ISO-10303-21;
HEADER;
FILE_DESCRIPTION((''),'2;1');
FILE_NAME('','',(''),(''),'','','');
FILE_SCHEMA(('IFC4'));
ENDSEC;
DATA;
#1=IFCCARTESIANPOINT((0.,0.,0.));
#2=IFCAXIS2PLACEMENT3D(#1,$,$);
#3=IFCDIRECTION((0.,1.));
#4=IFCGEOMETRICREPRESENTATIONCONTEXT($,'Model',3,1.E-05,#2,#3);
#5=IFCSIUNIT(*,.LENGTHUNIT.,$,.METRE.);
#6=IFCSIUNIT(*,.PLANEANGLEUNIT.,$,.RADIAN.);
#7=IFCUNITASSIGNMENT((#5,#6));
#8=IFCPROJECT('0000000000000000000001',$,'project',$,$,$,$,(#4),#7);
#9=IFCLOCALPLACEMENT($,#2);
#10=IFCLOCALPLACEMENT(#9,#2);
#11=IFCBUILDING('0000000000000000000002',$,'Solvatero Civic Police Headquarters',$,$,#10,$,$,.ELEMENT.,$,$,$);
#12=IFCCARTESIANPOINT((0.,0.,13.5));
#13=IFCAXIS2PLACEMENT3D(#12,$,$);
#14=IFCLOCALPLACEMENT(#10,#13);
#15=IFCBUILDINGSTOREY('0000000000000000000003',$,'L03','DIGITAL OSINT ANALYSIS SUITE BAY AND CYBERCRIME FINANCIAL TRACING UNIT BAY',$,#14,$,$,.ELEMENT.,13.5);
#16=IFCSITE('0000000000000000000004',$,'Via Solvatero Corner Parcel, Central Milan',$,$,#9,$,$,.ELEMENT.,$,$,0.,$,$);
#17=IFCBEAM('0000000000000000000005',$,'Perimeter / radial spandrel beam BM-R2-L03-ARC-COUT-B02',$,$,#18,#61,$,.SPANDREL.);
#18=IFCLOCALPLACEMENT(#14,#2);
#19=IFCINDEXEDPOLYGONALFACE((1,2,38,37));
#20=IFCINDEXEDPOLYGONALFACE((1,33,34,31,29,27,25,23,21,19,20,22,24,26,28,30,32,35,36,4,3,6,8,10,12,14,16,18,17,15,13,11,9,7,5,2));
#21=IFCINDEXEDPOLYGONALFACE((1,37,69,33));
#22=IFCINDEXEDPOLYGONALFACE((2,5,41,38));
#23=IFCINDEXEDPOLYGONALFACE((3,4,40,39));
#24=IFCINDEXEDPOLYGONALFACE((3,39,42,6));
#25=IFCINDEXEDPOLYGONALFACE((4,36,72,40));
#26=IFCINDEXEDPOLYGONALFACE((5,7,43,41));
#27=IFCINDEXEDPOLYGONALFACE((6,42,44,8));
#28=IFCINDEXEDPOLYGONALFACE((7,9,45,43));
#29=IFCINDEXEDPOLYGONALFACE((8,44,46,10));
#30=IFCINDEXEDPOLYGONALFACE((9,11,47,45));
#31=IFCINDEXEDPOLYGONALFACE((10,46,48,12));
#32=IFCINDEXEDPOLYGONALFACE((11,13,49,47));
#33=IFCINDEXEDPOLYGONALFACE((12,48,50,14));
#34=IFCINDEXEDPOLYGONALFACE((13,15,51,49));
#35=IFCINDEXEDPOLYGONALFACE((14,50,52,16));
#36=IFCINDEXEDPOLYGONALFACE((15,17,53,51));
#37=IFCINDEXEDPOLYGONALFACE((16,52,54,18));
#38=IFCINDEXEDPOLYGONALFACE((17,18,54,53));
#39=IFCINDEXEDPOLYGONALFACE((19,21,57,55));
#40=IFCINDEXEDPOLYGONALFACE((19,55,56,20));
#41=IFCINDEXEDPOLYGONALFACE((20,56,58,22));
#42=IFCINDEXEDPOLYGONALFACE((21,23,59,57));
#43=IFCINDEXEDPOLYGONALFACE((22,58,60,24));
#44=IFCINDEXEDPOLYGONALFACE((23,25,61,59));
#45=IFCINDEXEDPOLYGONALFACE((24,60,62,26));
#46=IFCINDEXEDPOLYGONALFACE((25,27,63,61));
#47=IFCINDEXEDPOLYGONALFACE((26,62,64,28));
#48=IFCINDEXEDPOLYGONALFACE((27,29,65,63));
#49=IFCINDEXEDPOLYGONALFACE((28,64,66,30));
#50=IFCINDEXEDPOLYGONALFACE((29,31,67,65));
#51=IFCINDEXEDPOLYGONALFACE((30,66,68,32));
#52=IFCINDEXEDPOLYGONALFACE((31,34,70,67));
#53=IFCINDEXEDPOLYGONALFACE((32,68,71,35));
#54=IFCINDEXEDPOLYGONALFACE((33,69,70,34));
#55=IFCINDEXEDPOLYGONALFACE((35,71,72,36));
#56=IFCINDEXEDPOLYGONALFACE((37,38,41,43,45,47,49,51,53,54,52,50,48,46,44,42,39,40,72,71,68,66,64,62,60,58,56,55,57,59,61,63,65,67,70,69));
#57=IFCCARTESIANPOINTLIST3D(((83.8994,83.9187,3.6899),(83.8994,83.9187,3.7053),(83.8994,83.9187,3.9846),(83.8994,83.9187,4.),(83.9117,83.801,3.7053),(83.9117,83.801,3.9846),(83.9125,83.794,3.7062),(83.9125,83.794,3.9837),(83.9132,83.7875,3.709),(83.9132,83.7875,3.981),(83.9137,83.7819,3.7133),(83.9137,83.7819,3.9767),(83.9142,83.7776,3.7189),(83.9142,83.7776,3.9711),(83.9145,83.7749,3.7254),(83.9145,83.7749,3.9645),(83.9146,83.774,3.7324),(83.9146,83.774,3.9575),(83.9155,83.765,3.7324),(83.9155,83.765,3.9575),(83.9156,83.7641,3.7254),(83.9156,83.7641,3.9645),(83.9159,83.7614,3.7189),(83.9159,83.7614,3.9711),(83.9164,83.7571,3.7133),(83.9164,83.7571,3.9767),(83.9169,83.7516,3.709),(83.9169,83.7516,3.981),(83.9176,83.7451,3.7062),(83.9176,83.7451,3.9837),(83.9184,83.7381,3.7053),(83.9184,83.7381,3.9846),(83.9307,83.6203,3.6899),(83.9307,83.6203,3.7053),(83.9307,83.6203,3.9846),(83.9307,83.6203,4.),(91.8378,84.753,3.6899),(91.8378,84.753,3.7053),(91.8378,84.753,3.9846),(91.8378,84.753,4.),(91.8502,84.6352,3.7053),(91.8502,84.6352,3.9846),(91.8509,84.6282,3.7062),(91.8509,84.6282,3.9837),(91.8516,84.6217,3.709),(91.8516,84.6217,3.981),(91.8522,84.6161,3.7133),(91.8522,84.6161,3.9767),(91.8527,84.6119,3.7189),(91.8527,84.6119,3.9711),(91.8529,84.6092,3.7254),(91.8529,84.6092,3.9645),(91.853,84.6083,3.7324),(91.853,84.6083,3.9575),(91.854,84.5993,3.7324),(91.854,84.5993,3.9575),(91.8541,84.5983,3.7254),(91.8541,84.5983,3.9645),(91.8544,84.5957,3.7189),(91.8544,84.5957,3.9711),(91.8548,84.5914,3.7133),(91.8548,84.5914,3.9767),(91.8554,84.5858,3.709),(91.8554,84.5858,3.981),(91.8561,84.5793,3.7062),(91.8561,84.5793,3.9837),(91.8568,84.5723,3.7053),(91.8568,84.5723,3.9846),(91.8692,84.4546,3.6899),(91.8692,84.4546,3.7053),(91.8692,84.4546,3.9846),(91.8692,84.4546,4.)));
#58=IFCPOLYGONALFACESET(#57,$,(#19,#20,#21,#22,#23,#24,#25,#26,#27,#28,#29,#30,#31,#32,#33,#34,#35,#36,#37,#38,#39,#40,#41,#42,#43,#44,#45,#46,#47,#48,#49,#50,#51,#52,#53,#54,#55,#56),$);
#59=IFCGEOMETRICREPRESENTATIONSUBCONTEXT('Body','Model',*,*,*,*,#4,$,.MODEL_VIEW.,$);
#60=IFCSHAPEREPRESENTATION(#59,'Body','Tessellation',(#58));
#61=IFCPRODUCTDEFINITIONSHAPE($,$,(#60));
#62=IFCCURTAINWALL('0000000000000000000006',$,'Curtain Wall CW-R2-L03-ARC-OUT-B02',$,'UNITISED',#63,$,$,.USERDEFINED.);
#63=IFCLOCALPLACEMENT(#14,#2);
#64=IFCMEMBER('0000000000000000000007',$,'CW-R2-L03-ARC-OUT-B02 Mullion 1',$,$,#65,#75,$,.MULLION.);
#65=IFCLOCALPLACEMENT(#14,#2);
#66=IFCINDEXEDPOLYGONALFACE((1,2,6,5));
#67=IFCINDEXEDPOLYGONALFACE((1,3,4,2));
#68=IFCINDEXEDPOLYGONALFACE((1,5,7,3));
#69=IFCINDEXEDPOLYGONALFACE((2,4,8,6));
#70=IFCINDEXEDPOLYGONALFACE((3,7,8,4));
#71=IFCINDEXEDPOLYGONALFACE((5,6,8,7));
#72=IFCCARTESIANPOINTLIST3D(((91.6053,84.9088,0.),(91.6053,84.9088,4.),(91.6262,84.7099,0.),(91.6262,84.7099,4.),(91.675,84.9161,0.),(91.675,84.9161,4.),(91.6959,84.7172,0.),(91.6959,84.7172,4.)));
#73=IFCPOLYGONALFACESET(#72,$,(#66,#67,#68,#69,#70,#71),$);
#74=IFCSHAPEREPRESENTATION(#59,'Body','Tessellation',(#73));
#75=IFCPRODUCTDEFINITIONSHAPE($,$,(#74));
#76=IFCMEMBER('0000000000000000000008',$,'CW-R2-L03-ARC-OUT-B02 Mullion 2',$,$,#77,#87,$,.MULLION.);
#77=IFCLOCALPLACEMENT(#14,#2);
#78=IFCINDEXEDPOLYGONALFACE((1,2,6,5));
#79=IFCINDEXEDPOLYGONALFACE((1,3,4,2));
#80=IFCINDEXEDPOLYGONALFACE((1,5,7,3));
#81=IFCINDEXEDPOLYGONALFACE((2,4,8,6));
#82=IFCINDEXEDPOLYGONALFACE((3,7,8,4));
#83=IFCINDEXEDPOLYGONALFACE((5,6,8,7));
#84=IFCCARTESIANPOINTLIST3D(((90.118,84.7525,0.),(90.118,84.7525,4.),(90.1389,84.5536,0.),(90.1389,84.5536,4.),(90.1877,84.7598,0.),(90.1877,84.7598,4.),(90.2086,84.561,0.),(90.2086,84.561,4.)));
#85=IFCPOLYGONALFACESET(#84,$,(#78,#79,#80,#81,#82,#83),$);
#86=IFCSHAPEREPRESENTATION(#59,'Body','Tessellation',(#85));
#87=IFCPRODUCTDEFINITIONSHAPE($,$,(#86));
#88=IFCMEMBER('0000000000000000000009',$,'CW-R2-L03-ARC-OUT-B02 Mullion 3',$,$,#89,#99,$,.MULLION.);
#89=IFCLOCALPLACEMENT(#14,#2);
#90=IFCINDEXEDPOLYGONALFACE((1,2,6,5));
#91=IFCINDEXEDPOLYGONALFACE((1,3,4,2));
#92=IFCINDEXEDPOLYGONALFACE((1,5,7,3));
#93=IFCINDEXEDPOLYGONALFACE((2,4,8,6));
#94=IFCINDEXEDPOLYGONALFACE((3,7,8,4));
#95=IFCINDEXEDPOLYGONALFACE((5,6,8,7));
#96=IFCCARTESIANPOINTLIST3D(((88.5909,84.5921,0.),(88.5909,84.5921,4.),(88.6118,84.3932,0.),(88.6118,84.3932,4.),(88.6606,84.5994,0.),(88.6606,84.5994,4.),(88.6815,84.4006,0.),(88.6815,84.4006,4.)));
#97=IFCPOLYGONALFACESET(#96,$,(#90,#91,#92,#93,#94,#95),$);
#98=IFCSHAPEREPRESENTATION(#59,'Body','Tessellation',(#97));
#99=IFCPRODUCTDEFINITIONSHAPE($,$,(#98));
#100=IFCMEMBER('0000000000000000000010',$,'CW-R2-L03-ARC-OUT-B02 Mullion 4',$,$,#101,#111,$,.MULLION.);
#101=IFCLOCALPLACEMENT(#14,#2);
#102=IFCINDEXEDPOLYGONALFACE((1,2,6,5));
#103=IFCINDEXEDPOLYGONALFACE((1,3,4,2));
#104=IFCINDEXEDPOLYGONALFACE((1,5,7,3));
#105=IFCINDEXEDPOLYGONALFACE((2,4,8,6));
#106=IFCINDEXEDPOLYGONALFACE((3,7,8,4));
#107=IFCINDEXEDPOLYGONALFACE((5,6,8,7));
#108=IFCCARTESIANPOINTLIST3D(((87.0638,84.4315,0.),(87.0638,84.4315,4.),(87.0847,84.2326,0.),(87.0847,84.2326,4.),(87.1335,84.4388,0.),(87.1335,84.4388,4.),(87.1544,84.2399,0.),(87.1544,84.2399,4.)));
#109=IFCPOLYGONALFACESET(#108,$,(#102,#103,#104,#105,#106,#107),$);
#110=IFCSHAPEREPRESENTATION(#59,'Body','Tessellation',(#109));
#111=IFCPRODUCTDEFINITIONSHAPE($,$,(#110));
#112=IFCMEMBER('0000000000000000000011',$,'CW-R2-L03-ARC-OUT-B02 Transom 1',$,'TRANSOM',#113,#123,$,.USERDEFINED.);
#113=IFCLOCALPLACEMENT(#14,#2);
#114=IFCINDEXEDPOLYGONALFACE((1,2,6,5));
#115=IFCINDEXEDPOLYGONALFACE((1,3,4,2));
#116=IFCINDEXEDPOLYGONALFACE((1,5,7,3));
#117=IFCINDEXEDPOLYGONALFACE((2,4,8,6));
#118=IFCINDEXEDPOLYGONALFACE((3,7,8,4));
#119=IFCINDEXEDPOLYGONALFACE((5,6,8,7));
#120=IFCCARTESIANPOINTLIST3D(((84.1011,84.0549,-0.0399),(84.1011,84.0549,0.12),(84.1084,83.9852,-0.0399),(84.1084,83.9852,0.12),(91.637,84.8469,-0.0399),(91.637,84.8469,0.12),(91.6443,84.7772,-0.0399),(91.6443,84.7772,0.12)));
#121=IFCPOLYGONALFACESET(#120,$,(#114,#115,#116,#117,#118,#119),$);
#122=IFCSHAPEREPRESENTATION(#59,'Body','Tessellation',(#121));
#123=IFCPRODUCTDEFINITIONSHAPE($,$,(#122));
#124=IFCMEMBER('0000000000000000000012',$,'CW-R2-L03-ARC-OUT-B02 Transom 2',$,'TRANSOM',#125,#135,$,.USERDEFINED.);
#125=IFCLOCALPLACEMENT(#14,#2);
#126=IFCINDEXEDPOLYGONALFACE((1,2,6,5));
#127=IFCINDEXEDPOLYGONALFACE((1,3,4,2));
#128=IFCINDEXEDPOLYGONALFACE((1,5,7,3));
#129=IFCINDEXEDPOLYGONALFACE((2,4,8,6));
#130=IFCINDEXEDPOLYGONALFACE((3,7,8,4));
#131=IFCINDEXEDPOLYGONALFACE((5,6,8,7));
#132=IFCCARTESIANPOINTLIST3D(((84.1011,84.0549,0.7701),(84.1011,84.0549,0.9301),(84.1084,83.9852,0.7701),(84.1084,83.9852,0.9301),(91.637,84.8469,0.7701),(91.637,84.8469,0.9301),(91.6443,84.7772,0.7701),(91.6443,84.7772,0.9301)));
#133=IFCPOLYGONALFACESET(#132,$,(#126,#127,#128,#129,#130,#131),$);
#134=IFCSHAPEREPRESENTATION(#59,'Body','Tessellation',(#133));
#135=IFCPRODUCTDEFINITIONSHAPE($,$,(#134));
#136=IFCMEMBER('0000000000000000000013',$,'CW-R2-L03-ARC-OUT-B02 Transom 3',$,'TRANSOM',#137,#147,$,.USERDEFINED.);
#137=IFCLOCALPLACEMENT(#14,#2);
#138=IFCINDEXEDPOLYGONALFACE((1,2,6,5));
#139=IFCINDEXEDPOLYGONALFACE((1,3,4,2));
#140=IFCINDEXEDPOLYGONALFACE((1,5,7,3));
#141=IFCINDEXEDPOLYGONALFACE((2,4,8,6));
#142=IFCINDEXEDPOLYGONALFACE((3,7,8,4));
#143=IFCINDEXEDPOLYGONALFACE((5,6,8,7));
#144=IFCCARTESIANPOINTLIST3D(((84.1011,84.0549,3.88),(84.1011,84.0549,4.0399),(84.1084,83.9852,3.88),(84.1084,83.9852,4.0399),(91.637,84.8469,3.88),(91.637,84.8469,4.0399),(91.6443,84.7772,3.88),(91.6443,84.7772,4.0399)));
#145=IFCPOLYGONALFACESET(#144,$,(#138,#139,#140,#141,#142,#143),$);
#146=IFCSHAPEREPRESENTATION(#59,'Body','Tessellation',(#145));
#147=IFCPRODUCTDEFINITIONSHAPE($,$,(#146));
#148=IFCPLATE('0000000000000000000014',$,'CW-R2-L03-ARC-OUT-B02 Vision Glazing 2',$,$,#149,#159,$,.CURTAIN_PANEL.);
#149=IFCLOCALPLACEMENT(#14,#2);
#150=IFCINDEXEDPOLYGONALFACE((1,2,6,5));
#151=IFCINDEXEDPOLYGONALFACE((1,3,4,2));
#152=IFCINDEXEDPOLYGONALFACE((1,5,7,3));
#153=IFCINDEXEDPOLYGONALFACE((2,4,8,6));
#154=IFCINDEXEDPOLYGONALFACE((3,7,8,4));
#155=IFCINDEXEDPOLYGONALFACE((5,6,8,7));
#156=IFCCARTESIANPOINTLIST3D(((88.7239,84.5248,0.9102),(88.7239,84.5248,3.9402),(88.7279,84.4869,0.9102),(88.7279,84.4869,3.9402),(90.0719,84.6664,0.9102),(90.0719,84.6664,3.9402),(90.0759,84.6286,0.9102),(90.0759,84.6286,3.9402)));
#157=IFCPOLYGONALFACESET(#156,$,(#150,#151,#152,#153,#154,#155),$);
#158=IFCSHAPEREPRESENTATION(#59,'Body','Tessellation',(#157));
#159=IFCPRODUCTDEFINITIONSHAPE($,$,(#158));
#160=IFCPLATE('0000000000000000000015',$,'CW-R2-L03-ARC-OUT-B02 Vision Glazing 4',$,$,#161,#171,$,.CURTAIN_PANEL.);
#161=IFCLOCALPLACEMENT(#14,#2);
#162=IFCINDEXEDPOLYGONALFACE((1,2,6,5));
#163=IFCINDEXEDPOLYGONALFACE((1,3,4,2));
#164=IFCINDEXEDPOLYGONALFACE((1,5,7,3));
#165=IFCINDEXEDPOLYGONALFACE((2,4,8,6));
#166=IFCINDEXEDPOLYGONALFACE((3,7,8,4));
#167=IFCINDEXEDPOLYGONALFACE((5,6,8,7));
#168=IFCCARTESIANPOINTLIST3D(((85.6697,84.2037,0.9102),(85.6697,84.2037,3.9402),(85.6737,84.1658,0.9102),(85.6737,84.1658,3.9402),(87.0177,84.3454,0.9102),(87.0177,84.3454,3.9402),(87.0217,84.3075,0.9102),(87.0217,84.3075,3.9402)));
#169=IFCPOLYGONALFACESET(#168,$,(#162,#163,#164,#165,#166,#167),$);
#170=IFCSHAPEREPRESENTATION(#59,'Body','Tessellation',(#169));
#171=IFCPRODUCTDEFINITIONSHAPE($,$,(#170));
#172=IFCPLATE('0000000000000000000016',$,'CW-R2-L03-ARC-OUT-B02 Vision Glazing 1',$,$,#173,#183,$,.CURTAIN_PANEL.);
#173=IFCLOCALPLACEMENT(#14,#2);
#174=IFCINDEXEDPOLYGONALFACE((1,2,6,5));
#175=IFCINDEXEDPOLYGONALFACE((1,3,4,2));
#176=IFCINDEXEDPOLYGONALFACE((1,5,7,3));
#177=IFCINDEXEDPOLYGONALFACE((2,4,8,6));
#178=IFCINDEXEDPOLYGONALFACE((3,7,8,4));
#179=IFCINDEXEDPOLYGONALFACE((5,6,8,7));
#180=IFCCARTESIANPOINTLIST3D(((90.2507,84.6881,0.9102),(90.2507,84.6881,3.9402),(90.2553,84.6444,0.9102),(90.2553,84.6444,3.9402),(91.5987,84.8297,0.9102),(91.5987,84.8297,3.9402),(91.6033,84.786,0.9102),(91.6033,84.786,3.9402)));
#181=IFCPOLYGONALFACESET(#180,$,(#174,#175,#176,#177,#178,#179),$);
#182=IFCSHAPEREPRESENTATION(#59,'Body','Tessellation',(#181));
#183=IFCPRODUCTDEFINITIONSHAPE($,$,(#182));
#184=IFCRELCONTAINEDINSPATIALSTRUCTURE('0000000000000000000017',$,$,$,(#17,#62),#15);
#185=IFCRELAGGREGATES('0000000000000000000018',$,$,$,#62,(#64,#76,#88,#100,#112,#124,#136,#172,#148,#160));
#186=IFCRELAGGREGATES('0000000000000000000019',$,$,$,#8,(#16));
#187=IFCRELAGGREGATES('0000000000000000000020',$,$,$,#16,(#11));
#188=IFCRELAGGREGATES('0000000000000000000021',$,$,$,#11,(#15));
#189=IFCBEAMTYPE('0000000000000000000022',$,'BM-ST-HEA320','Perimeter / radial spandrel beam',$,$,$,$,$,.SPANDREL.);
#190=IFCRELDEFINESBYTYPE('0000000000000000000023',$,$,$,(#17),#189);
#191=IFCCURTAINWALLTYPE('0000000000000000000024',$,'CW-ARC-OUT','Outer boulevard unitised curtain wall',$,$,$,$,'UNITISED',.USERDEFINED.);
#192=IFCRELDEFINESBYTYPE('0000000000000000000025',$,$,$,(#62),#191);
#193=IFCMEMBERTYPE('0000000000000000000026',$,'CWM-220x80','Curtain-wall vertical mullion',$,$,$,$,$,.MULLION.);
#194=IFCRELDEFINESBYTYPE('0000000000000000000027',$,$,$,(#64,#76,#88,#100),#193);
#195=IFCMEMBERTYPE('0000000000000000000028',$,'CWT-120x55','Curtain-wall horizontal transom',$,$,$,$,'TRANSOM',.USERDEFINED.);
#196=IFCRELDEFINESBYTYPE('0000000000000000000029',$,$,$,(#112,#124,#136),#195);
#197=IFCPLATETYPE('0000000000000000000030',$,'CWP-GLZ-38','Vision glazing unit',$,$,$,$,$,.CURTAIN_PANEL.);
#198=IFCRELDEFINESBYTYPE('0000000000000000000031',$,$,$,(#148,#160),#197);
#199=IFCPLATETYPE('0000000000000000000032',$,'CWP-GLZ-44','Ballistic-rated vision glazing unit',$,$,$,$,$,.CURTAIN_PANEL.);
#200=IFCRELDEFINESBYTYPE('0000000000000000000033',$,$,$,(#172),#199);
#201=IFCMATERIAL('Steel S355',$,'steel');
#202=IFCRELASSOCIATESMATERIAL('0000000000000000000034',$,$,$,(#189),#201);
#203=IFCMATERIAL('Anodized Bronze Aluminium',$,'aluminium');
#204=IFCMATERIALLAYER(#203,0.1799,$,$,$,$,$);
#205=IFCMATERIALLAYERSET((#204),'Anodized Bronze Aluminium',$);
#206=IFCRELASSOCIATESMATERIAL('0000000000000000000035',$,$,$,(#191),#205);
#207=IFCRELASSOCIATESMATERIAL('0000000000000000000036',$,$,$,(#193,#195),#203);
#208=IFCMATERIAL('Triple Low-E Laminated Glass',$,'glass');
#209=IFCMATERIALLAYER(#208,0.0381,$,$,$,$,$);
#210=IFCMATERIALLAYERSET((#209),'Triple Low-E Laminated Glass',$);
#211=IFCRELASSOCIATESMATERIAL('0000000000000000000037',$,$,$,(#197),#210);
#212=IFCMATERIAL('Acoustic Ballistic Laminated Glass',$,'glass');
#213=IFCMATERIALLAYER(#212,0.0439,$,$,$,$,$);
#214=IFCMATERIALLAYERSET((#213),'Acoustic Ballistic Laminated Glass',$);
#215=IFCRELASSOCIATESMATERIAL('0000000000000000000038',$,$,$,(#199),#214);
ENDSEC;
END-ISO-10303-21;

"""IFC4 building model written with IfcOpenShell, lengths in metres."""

from ifc_helpers import new_model, si_unit, direction, frame, origin, origin_2d, place, context, subcontext, project, spatial, rectangle, i_section, extrude, material, layer, layer_set, material_profile, profile_set, type_object, element, aggregate, save


model = new_model("IFC4")

# Units and contexts
model_context = context("Model", 3, precision=1e-05, world=origin(), true_north=direction((0.0, 1.0)))
body_context = subcontext(model_context, "Body", "Model", "MODEL_VIEW")
ifc_project = project(units=[si_unit("LENGTHUNIT", "METRE"), si_unit("PLANEANGLEUNIT", "RADIAN")], contexts=[model_context])

# Site, building, storey
site_placement = place(None, origin())
site = spatial("IfcSite", under=ifc_project, at=site_placement, Name="Via Solvatero Corner Parcel, Central Milan", CompositionType="ELEMENT", RefElevation=0.0)
building_placement = place(site_placement, origin())
building = spatial("IfcBuilding", under=site, at=building_placement, Name="Solvatero Civic Police Headquarters", CompositionType="ELEMENT")
storey_placement = place(building_placement, frame((0.0, 0.0, 13.5)))
storey = spatial("IfcBuildingStorey", under=building, at=storey_placement, Name="L03", Description="DIGITAL OSINT ANALYSIS SUITE BAY AND CYBERCRIME FINANCIAL TRACING UNIT BAY", CompositionType="ELEMENT", Elevation=13.5)

# Beam
ifc_material_1 = material(Name="Steel S355", Category="steel")
ifc_material_profile_1 = material_profile(ifc_material_1, i_section(OverallWidth=0.3, OverallDepth=0.3101, WebThickness=0.009, FlangeThickness=0.0154, FilletRadius=0.0271, at=origin_2d()), Name="HEA 320")
ifc_profile_set_1 = profile_set([ifc_material_profile_1], Name="Steel S355")
beam_type = type_object("IfcBeamType", Name="BM-ST-HEA320", Description="Perimeter / radial spandrel beam", PredefinedType="SPANDREL", material=ifc_profile_set_1)
beam_placement = place(storey_placement, frame((91.8535, 84.6038, 3.845), z_axis=(-0.994524, -0.104511, 0.0), x_axis=(0.104511, -0.994524, 0.0)))
element("IfcBeam", 1, at=beam_placement, inside=storey, type_object=beam_type, Name="Perimeter / radial spandrel beam BM-R2-L03-ARC-COUT-B02", PredefinedType="SPANDREL", context=body_context, shape_type="SweptSolid", body=[
    extrude(i_section(OverallWidth=0.3, OverallDepth=0.3101, WebThickness=0.009, FlangeThickness=0.0154, FilletRadius=0.0271, at=origin_2d()), origin(), (0.0, 0.0, 1.0), 7.9822),
])

# Curtain wall, members, plates
ifc_material_2 = material(Name="Anodized Bronze Aluminium", Category="aluminium")
ifc_layer_1 = layer(ifc_material_2, 0.1799)
ifc_layer_set_1 = layer_set([ifc_layer_1], Name="Anodized Bronze Aluminium")
curtain_wall_type = type_object("IfcCurtainWallType", Name="CW-ARC-OUT", Description="Outer boulevard unitised curtain wall", ElementType="UNITISED", PredefinedType="USERDEFINED", material=ifc_layer_set_1)
curtain_wall_placement = place(storey_placement, origin())
curtain_wall = element("IfcCurtainWall", 2, at=curtain_wall_placement, inside=storey, type_object=curtain_wall_type, Name="Curtain Wall CW-R2-L03-ARC-OUT-B02", ObjectType="UNITISED", PredefinedType="USERDEFINED")
ifc_material_profile_2 = material_profile(ifc_material_2, rectangle(XDim=0.0701, YDim=0.2, at=origin_2d()), Name="ALU MULLION 70x200")
ifc_profile_set_2 = profile_set([ifc_material_profile_2], Name="Anodized Bronze Aluminium")
member_type_1 = type_object("IfcMemberType", Name="CWM-220x80", Description="Curtain-wall vertical mullion", PredefinedType="MULLION", material=ifc_profile_set_2)
member_1_placement = place(storey_placement, frame((91.6506, 84.813, 0.0), z_axis=(0.0, 0.0, 1.0), x_axis=(-0.994524, -0.104511, 0.0)))
member_1 = element("IfcMember", 3, at=member_1_placement, type_object=member_type_1, Name="CW-R2-L03-ARC-OUT-B02 Mullion 1", PredefinedType="MULLION", context=body_context, shape_type="SweptSolid", body=[
    extrude(rectangle(XDim=0.0701, YDim=0.2, at=origin_2d()), origin(), (0.0, 0.0, 1.0), 4.0),
])
member_2_placement = place(storey_placement, frame((90.1633, 84.6567, 0.0), z_axis=(0.0, 0.0, 1.0), x_axis=(-0.994524, -0.104511, 0.0)))
member_2 = element("IfcMember", 4, at=member_2_placement, type_object=member_type_1, Name="CW-R2-L03-ARC-OUT-B02 Mullion 2", PredefinedType="MULLION", context=body_context, shape_type="SweptSolid", body=[
    extrude(rectangle(XDim=0.0701, YDim=0.2, at=origin_2d()), origin(), (0.0, 0.0, 1.0), 4.0),
])
member_3_placement = place(storey_placement, frame((88.6362, 84.4963, 0.0), z_axis=(0.0, 0.0, 1.0), x_axis=(-0.994524, -0.104511, 0.0)))
member_3 = element("IfcMember", 5, at=member_3_placement, type_object=member_type_1, Name="CW-R2-L03-ARC-OUT-B02 Mullion 3", PredefinedType="MULLION", context=body_context, shape_type="SweptSolid", body=[
    extrude(rectangle(XDim=0.0701, YDim=0.2, at=origin_2d()), origin(), (0.0, 0.0, 1.0), 4.0),
])
member_4_placement = place(storey_placement, frame((87.1091, 84.3357, 0.0), z_axis=(0.0, 0.0, 1.0), x_axis=(-0.994524, -0.104511, 0.0)))
member_4 = element("IfcMember", 6, at=member_4_placement, type_object=member_type_1, Name="CW-R2-L03-ARC-OUT-B02 Mullion 4", PredefinedType="MULLION", context=body_context, shape_type="SweptSolid", body=[
    extrude(rectangle(XDim=0.0701, YDim=0.2, at=origin_2d()), origin(), (0.0, 0.0, 1.0), 4.0),
])
ifc_material_profile_3 = material_profile(ifc_material_2, rectangle(XDim=0.0701, YDim=0.1599, at=origin_2d()), Name="ALU TRANSOM 70x160")
ifc_profile_set_3 = profile_set([ifc_material_profile_3], Name="Anodized Bronze Aluminium")
member_type_2 = type_object("IfcMemberType", Name="CWT-120x55", Description="Curtain-wall horizontal transom", ElementType="TRANSOM", PredefinedType="USERDEFINED", material=ifc_profile_set_3)
member_5_placement = place(storey_placement, frame((91.6406, 84.812, 0.04), z_axis=(-0.994523, -0.10452, 0.0), x_axis=(0.10452, -0.994523, 0.0)))
member_5 = element("IfcMember", 7, at=member_5_placement, type_object=member_type_2, Name="CW-R2-L03-ARC-OUT-B02 Transom 1", ObjectType="TRANSOM", PredefinedType="USERDEFINED", context=body_context, shape_type="SweptSolid", body=[
    extrude(rectangle(XDim=0.0701, YDim=0.1599, at=origin_2d()), origin(), (0.0, 0.0, 1.0), 7.5774),
])
member_6_placement = place(storey_placement, frame((91.6406, 84.812, 0.8501), z_axis=(-0.994523, -0.10452, 0.0), x_axis=(0.10452, -0.994523, 0.0)))
member_6 = element("IfcMember", 8, at=member_6_placement, type_object=member_type_2, Name="CW-R2-L03-ARC-OUT-B02 Transom 2", ObjectType="TRANSOM", PredefinedType="USERDEFINED", context=body_context, shape_type="SweptSolid", body=[
    extrude(rectangle(XDim=0.0701, YDim=0.1599, at=origin_2d()), origin(), (0.0, 0.0, 1.0), 7.5774),
])
member_7_placement = place(storey_placement, frame((91.6406, 84.812, 3.96), z_axis=(-0.994523, -0.10452, 0.0), x_axis=(0.10452, -0.994523, 0.0)))
member_7 = element("IfcMember", 9, at=member_7_placement, type_object=member_type_2, Name="CW-R2-L03-ARC-OUT-B02 Transom 3", ObjectType="TRANSOM", PredefinedType="USERDEFINED", context=body_context, shape_type="SweptSolid", body=[
    extrude(rectangle(XDim=0.0701, YDim=0.1599, at=origin_2d()), origin(), (0.0, 0.0, 1.0), 7.5774),
])
ifc_material_3 = material(Name="Triple Low-E Laminated Glass", Category="glass")
ifc_layer_2 = layer(ifc_material_3, 0.0381)
ifc_layer_set_2 = layer_set([ifc_layer_2], Name="Triple Low-E Laminated Glass")
plate_type_1 = type_object("IfcPlateType", Name="CWP-GLZ-38", Description="Vision glazing unit", PredefinedType="CURTAIN_PANEL", material=ifc_layer_set_2)
plate_1_placement = place(storey_placement, frame((89.3999, 84.5767, 0.9102), z_axis=(0.0, 0.0, 1.0), x_axis=(-0.994524, -0.104511, 0.0)))
plate_1 = element("IfcPlate", 10, at=plate_1_placement, type_object=plate_type_1, Name="CW-R2-L03-ARC-OUT-B02 Vision Glazing 2", PredefinedType="CURTAIN_PANEL", context=body_context, shape_type="SweptSolid", body=[
    extrude(rectangle(XDim=1.3555, YDim=0.0381, at=origin_2d()), origin(), (0.0, 0.0, 1.0), 3.03),
])
plate_2_placement = place(storey_placement, frame((86.3457, 84.2556, 0.9102), z_axis=(0.0, 0.0, 1.0), x_axis=(-0.994524, -0.104511, 0.0)))
plate_2 = element("IfcPlate", 11, at=plate_2_placement, type_object=plate_type_1, Name="CW-R2-L03-ARC-OUT-B02 Vision Glazing 4", PredefinedType="CURTAIN_PANEL", context=body_context, shape_type="SweptSolid", body=[
    extrude(rectangle(XDim=1.3555, YDim=0.0381, at=origin_2d()), origin(), (0.0, 0.0, 1.0), 3.03),
])
ifc_material_4 = material(Name="Acoustic Ballistic Laminated Glass", Category="glass")
ifc_layer_3 = layer(ifc_material_4, 0.0439)
ifc_layer_set_3 = layer_set([ifc_layer_3], Name="Acoustic Ballistic Laminated Glass")
plate_type_2 = type_object("IfcPlateType", Name="CWP-GLZ-44", Description="Ballistic-rated vision glazing unit", PredefinedType="CURTAIN_PANEL", material=ifc_layer_set_3)
plate_3_placement = place(storey_placement, frame((90.927, 84.7371, 0.9102), z_axis=(0.0, 0.0, 1.0), x_axis=(-0.994524, -0.104511, 0.0)))
plate_3 = element("IfcPlate", 12, at=plate_3_placement, type_object=plate_type_2, Name="CW-R2-L03-ARC-OUT-B02 Vision Glazing 1", PredefinedType="CURTAIN_PANEL", context=body_context, shape_type="SweptSolid", body=[
    extrude(rectangle(XDim=1.3555, YDim=0.0439, at=origin_2d()), origin(), (0.0, 0.0, 1.0), 3.03),
])
aggregate(curtain_wall, [member_1, member_2, member_3, member_4, member_5, member_6, member_7, plate_3, plate_1, plate_2])

save(model, "model.ifc")
